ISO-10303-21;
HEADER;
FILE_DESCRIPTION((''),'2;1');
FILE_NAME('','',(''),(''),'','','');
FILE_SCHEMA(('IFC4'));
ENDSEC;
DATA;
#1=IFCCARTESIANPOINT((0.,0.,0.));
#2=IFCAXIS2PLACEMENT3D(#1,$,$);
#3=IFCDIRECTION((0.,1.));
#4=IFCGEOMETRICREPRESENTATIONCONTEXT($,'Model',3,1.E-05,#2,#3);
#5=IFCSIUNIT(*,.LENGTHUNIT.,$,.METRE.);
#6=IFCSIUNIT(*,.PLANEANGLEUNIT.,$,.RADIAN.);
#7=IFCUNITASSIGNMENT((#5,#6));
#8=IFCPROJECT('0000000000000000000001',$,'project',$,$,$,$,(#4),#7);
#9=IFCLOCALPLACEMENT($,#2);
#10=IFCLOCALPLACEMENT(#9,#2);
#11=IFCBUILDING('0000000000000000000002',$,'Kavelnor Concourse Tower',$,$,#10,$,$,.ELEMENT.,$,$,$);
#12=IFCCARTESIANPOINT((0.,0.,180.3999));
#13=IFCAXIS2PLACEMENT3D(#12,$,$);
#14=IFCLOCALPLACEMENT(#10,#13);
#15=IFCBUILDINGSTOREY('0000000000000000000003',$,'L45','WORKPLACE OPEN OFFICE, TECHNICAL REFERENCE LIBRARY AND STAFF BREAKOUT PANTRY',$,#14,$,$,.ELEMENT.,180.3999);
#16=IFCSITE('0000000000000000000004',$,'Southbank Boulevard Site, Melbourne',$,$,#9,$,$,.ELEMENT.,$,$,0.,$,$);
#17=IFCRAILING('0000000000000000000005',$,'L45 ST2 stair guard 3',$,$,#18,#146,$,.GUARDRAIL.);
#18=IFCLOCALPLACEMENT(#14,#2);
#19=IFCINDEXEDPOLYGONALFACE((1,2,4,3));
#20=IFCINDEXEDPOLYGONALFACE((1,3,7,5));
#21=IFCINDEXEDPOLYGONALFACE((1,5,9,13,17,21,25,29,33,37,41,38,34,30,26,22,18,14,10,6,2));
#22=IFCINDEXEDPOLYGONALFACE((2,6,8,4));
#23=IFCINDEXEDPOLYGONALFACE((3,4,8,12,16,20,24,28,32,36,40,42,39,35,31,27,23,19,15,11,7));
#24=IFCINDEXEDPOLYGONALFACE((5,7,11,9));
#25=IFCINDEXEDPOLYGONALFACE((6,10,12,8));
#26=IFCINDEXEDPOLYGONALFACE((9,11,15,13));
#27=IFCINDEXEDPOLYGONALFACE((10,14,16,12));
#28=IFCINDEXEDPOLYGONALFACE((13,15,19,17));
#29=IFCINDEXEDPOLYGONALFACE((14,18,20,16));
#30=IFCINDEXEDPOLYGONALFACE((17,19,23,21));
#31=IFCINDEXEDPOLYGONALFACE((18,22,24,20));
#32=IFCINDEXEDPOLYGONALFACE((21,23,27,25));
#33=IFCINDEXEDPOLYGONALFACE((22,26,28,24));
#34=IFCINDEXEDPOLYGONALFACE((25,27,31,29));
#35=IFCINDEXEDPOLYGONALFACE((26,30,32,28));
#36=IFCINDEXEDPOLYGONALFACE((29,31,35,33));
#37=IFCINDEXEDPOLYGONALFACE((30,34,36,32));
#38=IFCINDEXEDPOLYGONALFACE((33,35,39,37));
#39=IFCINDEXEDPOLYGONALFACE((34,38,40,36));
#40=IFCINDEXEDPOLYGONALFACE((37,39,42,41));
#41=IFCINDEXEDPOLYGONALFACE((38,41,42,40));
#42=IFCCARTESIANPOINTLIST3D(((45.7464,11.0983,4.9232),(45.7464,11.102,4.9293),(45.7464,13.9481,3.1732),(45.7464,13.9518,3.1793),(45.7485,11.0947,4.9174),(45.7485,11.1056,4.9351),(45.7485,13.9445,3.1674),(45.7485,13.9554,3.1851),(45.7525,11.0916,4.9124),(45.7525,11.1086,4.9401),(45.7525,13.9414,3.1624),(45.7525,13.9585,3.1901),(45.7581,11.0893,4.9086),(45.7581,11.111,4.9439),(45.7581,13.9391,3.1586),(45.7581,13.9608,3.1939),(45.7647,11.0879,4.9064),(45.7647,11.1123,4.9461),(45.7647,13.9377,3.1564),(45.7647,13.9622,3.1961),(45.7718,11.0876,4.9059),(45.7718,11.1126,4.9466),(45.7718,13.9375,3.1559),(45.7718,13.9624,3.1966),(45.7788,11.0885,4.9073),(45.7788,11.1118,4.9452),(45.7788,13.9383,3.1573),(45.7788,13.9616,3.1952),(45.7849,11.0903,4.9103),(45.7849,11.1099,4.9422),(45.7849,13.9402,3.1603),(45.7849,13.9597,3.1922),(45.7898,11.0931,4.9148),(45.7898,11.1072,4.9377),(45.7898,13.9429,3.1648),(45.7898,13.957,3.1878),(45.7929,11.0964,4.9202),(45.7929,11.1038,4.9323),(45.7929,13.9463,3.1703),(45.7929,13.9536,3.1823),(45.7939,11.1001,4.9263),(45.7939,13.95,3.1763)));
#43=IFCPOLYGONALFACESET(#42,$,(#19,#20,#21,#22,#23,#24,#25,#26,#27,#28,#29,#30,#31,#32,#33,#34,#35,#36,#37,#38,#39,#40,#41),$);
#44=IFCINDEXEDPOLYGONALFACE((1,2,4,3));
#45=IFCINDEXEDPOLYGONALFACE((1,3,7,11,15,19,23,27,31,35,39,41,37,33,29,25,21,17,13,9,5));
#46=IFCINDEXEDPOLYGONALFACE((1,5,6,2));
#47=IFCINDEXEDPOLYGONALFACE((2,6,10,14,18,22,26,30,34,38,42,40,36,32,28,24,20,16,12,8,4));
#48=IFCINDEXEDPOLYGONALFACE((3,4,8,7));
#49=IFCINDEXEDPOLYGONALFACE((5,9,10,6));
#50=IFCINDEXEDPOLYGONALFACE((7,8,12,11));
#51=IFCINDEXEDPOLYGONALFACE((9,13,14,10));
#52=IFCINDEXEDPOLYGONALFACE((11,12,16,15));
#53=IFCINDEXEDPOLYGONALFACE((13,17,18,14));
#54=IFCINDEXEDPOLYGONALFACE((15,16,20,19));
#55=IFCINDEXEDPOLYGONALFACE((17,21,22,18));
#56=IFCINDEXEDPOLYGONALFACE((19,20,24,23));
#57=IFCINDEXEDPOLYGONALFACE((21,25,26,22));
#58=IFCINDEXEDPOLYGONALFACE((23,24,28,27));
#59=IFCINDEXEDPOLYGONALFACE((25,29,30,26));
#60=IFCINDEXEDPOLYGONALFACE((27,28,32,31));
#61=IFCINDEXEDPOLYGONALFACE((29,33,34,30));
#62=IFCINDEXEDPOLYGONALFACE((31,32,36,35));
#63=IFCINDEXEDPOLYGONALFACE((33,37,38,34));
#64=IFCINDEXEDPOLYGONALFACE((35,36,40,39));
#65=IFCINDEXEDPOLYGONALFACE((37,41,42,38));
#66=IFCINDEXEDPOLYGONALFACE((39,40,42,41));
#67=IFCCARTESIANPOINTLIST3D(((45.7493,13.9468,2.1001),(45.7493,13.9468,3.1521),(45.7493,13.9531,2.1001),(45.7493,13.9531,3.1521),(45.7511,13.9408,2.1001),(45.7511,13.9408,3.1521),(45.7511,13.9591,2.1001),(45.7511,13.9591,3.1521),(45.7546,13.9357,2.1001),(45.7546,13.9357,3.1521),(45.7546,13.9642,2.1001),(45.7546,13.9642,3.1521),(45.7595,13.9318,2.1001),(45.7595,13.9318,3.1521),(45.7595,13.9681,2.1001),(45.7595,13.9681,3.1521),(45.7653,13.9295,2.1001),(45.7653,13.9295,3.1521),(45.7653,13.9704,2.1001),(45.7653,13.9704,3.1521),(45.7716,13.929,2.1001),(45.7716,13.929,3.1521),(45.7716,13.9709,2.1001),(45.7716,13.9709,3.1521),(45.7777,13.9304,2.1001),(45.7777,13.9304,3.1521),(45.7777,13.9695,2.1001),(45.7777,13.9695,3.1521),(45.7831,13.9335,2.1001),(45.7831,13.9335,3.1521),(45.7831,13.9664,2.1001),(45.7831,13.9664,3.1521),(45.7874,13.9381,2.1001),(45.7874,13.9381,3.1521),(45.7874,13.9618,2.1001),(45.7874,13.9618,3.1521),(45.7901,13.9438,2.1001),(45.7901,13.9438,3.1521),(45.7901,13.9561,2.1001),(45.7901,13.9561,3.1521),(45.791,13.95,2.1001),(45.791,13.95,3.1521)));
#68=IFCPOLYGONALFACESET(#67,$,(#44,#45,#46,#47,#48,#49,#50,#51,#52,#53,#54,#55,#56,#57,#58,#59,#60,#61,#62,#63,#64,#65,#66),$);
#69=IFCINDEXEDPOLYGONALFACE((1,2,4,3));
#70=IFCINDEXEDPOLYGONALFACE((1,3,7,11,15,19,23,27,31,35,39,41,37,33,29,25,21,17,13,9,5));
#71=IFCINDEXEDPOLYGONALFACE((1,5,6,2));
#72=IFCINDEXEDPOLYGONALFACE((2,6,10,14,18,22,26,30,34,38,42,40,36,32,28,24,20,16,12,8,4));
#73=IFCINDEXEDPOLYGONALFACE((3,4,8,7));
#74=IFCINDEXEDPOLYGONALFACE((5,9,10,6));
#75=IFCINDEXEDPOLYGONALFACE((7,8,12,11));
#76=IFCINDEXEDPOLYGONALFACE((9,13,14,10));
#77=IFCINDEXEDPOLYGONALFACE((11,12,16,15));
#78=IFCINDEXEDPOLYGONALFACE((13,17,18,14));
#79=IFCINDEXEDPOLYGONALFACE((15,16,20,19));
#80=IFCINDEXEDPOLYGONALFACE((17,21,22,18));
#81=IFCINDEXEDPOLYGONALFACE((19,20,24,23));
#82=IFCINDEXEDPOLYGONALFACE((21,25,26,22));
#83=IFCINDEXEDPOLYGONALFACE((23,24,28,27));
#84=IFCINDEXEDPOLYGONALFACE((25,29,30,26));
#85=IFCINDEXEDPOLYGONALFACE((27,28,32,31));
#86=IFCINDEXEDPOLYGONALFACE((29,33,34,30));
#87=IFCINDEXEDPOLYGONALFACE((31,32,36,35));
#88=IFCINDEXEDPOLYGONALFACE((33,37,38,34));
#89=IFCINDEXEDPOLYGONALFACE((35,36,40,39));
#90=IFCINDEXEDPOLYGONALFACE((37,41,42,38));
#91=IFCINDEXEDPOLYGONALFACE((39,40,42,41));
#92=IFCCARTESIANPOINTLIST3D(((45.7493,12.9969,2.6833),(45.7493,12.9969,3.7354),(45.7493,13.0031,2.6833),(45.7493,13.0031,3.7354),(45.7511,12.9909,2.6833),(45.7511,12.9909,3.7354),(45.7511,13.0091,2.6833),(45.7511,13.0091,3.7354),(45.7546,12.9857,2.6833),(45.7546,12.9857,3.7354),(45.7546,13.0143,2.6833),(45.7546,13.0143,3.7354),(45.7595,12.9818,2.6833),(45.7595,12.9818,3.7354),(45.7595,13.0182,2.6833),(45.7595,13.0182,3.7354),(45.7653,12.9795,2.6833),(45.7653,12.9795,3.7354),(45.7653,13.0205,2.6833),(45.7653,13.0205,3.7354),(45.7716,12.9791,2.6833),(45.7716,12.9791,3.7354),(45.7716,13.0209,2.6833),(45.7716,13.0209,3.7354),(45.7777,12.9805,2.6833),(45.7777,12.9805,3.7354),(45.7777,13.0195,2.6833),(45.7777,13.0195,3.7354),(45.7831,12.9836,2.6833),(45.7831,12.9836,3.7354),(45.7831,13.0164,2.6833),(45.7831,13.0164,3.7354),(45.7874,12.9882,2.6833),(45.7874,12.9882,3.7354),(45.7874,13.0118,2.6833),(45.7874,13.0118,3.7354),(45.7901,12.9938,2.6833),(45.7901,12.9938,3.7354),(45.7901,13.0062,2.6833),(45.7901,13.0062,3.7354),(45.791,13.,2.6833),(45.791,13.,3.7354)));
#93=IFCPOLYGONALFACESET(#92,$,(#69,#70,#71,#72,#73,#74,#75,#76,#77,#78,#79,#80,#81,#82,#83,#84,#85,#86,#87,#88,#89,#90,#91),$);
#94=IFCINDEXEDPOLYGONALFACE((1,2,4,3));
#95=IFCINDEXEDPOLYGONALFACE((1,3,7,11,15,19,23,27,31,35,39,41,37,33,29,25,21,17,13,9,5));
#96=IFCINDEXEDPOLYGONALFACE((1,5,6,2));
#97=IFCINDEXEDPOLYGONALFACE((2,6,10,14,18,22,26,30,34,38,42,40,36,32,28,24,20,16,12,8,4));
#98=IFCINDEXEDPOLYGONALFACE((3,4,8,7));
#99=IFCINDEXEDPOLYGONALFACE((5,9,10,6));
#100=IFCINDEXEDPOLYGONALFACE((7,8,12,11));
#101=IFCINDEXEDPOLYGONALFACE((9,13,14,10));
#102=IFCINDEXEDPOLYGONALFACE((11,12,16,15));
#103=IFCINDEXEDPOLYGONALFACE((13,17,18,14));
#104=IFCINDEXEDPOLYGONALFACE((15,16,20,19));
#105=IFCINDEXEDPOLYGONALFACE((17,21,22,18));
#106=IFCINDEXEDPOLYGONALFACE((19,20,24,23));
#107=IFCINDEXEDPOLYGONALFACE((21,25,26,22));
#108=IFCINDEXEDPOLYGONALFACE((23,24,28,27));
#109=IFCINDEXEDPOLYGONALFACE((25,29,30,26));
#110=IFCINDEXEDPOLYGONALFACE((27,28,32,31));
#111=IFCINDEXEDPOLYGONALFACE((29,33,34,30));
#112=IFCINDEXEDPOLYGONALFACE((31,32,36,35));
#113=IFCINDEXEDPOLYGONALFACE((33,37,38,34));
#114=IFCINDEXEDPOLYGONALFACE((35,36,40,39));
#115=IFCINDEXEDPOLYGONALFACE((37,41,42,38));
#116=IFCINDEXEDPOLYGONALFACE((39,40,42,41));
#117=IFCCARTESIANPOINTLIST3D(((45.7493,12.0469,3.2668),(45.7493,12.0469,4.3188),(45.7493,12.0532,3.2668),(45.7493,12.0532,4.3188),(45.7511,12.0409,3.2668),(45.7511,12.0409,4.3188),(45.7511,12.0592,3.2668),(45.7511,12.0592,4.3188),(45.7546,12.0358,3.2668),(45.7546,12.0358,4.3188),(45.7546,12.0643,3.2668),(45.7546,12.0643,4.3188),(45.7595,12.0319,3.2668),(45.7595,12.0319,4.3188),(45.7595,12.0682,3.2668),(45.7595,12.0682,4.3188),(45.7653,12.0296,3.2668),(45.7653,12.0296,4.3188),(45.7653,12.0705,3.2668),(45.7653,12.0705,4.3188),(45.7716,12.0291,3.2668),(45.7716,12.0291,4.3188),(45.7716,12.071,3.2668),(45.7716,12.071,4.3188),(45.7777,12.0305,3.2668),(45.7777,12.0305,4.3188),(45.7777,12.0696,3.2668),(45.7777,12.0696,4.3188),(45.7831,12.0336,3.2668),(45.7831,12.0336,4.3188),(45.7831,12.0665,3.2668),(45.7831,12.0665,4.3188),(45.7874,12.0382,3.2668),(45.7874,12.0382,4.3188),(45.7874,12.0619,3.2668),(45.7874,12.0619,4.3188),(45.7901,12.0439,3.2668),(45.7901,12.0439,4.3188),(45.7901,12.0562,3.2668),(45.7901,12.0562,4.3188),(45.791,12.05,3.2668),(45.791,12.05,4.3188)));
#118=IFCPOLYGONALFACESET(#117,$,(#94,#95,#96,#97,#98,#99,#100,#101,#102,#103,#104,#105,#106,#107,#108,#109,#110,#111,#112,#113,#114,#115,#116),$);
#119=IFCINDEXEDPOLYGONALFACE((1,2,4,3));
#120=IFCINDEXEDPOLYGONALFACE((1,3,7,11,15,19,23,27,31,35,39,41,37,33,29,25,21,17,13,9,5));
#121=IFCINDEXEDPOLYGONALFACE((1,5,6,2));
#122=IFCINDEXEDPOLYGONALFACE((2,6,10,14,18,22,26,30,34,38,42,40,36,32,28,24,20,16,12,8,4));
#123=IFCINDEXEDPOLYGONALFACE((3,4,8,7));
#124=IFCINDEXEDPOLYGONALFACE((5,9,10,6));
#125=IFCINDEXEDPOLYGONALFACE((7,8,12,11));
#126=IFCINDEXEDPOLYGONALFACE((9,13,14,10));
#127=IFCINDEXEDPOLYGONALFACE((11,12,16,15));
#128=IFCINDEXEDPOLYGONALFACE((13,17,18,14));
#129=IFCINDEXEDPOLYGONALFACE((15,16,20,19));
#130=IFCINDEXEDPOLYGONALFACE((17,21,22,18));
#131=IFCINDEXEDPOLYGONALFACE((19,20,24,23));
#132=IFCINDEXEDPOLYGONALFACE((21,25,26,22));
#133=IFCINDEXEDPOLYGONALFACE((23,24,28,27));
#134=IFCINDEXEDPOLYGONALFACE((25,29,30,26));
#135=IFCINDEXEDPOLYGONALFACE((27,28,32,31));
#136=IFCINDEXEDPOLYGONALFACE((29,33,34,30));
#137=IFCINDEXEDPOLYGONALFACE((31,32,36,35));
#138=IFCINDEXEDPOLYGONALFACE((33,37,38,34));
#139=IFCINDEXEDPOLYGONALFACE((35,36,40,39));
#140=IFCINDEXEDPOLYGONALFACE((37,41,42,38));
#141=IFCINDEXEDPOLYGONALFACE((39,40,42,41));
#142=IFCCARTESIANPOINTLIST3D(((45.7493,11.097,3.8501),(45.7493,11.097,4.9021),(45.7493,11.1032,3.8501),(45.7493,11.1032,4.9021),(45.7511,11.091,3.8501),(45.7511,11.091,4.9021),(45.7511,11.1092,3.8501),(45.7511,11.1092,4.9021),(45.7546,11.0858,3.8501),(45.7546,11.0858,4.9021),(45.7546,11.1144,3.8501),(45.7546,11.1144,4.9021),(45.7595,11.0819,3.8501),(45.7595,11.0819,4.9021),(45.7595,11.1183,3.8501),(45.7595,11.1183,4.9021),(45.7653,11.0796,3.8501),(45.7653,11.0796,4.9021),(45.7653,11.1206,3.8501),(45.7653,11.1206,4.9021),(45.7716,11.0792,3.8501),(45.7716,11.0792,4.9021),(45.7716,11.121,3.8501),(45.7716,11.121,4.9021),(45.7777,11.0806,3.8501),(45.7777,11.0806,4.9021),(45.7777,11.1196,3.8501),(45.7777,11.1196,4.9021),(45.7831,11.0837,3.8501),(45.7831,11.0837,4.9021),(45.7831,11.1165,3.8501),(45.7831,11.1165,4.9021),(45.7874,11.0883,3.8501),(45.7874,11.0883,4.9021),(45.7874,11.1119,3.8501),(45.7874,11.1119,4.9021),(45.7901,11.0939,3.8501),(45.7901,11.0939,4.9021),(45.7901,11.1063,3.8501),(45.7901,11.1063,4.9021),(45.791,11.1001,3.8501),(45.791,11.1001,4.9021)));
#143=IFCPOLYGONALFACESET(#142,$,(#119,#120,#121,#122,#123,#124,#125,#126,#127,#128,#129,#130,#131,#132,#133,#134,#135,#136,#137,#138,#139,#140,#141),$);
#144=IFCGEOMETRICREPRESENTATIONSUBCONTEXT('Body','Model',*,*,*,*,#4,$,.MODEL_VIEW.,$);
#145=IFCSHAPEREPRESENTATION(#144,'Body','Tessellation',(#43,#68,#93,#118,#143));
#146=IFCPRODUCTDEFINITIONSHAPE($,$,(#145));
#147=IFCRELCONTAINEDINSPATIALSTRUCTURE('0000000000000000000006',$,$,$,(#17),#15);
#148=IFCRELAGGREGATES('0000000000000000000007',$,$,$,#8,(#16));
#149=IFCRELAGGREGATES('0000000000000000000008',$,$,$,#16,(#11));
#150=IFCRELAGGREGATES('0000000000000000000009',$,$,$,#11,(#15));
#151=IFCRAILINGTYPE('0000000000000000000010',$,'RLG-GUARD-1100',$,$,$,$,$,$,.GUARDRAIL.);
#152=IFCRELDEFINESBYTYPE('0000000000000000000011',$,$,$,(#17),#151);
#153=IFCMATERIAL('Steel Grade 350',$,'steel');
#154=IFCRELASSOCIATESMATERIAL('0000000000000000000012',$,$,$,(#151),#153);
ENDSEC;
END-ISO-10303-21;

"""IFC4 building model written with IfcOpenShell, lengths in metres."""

from ifc_helpers import new_model, si_unit, direction, frame, origin, origin_2d, place, context, subcontext, project, spatial, circle, extrude, material, type_object, element, save


model = new_model("IFC4")

# Units and contexts
model_context = context("Model", 3, precision=1e-05, world=origin(), true_north=direction((0.0, 1.0)))
body_context = subcontext(model_context, "Body", "Model", "MODEL_VIEW")
ifc_project = project(units=[si_unit("LENGTHUNIT", "METRE"), si_unit("PLANEANGLEUNIT", "RADIAN")], contexts=[model_context])

# Site, building, storey
site_placement = place(None, origin())
site = spatial("IfcSite", under=ifc_project, at=site_placement, Name="Southbank Boulevard Site, Melbourne", CompositionType="ELEMENT", RefElevation=0.0)
building_placement = place(site_placement, origin())
building = spatial("IfcBuilding", under=site, at=building_placement, Name="Kavelnor Concourse Tower", CompositionType="ELEMENT")
storey_placement = place(building_placement, frame((0.0, 0.0, 180.3999)))
storey = spatial("IfcBuildingStorey", under=building, at=storey_placement, Name="L45", Description="WORKPLACE OPEN OFFICE, TECHNICAL REFERENCE LIBRARY AND STAFF BREAKOUT PANTRY", CompositionType="ELEMENT", Elevation=180.3999)

# Shared definitions
ifc_material_1 = material(Name="Steel Grade 350", Category="steel")

# Railing
railing_type_1 = type_object("IfcRailingType", Name="RLG-GUARD-1100", PredefinedType="GUARDRAIL", material=ifc_material_1)
railing_1_placement = place(storey_placement, frame((45.77, 13.95, 2.1001)))
element("IfcRailing", 1, at=railing_1_placement, inside=storey, type_object=railing_type_1, Name="L45 ST2 stair guard 3", PredefinedType="GUARDRAIL", context=body_context, shape_type="SweptSolid", body=[
    extrude(circle(Radius=0.0239, at=origin_2d()), frame((0.0, 0.0, 1.0762), z_axis=(0.0, -0.852159, 0.523283), x_axis=(1.0, 0.0, 0.0)), (0.0, 0.0, 1.0), 3.3442),
    extrude(circle(Radius=0.021, at=origin_2d()), origin(), (0.0, 0.0, 1.0), 1.052),
    extrude(circle(Radius=0.021, at=origin_2d()), frame((0.0, -0.95, 0.5833)), (0.0, 0.0, 1.0), 1.052),
    extrude(circle(Radius=0.021, at=origin_2d()), frame((0.0, -1.8999, 1.1667)), (0.0, 0.0, 1.0), 1.052),
    extrude(circle(Radius=0.021, at=origin_2d()), frame((0.0, -2.8499, 1.75)), (0.0, 0.0, 1.0), 1.052),
])

save(model, "model.ifc")
